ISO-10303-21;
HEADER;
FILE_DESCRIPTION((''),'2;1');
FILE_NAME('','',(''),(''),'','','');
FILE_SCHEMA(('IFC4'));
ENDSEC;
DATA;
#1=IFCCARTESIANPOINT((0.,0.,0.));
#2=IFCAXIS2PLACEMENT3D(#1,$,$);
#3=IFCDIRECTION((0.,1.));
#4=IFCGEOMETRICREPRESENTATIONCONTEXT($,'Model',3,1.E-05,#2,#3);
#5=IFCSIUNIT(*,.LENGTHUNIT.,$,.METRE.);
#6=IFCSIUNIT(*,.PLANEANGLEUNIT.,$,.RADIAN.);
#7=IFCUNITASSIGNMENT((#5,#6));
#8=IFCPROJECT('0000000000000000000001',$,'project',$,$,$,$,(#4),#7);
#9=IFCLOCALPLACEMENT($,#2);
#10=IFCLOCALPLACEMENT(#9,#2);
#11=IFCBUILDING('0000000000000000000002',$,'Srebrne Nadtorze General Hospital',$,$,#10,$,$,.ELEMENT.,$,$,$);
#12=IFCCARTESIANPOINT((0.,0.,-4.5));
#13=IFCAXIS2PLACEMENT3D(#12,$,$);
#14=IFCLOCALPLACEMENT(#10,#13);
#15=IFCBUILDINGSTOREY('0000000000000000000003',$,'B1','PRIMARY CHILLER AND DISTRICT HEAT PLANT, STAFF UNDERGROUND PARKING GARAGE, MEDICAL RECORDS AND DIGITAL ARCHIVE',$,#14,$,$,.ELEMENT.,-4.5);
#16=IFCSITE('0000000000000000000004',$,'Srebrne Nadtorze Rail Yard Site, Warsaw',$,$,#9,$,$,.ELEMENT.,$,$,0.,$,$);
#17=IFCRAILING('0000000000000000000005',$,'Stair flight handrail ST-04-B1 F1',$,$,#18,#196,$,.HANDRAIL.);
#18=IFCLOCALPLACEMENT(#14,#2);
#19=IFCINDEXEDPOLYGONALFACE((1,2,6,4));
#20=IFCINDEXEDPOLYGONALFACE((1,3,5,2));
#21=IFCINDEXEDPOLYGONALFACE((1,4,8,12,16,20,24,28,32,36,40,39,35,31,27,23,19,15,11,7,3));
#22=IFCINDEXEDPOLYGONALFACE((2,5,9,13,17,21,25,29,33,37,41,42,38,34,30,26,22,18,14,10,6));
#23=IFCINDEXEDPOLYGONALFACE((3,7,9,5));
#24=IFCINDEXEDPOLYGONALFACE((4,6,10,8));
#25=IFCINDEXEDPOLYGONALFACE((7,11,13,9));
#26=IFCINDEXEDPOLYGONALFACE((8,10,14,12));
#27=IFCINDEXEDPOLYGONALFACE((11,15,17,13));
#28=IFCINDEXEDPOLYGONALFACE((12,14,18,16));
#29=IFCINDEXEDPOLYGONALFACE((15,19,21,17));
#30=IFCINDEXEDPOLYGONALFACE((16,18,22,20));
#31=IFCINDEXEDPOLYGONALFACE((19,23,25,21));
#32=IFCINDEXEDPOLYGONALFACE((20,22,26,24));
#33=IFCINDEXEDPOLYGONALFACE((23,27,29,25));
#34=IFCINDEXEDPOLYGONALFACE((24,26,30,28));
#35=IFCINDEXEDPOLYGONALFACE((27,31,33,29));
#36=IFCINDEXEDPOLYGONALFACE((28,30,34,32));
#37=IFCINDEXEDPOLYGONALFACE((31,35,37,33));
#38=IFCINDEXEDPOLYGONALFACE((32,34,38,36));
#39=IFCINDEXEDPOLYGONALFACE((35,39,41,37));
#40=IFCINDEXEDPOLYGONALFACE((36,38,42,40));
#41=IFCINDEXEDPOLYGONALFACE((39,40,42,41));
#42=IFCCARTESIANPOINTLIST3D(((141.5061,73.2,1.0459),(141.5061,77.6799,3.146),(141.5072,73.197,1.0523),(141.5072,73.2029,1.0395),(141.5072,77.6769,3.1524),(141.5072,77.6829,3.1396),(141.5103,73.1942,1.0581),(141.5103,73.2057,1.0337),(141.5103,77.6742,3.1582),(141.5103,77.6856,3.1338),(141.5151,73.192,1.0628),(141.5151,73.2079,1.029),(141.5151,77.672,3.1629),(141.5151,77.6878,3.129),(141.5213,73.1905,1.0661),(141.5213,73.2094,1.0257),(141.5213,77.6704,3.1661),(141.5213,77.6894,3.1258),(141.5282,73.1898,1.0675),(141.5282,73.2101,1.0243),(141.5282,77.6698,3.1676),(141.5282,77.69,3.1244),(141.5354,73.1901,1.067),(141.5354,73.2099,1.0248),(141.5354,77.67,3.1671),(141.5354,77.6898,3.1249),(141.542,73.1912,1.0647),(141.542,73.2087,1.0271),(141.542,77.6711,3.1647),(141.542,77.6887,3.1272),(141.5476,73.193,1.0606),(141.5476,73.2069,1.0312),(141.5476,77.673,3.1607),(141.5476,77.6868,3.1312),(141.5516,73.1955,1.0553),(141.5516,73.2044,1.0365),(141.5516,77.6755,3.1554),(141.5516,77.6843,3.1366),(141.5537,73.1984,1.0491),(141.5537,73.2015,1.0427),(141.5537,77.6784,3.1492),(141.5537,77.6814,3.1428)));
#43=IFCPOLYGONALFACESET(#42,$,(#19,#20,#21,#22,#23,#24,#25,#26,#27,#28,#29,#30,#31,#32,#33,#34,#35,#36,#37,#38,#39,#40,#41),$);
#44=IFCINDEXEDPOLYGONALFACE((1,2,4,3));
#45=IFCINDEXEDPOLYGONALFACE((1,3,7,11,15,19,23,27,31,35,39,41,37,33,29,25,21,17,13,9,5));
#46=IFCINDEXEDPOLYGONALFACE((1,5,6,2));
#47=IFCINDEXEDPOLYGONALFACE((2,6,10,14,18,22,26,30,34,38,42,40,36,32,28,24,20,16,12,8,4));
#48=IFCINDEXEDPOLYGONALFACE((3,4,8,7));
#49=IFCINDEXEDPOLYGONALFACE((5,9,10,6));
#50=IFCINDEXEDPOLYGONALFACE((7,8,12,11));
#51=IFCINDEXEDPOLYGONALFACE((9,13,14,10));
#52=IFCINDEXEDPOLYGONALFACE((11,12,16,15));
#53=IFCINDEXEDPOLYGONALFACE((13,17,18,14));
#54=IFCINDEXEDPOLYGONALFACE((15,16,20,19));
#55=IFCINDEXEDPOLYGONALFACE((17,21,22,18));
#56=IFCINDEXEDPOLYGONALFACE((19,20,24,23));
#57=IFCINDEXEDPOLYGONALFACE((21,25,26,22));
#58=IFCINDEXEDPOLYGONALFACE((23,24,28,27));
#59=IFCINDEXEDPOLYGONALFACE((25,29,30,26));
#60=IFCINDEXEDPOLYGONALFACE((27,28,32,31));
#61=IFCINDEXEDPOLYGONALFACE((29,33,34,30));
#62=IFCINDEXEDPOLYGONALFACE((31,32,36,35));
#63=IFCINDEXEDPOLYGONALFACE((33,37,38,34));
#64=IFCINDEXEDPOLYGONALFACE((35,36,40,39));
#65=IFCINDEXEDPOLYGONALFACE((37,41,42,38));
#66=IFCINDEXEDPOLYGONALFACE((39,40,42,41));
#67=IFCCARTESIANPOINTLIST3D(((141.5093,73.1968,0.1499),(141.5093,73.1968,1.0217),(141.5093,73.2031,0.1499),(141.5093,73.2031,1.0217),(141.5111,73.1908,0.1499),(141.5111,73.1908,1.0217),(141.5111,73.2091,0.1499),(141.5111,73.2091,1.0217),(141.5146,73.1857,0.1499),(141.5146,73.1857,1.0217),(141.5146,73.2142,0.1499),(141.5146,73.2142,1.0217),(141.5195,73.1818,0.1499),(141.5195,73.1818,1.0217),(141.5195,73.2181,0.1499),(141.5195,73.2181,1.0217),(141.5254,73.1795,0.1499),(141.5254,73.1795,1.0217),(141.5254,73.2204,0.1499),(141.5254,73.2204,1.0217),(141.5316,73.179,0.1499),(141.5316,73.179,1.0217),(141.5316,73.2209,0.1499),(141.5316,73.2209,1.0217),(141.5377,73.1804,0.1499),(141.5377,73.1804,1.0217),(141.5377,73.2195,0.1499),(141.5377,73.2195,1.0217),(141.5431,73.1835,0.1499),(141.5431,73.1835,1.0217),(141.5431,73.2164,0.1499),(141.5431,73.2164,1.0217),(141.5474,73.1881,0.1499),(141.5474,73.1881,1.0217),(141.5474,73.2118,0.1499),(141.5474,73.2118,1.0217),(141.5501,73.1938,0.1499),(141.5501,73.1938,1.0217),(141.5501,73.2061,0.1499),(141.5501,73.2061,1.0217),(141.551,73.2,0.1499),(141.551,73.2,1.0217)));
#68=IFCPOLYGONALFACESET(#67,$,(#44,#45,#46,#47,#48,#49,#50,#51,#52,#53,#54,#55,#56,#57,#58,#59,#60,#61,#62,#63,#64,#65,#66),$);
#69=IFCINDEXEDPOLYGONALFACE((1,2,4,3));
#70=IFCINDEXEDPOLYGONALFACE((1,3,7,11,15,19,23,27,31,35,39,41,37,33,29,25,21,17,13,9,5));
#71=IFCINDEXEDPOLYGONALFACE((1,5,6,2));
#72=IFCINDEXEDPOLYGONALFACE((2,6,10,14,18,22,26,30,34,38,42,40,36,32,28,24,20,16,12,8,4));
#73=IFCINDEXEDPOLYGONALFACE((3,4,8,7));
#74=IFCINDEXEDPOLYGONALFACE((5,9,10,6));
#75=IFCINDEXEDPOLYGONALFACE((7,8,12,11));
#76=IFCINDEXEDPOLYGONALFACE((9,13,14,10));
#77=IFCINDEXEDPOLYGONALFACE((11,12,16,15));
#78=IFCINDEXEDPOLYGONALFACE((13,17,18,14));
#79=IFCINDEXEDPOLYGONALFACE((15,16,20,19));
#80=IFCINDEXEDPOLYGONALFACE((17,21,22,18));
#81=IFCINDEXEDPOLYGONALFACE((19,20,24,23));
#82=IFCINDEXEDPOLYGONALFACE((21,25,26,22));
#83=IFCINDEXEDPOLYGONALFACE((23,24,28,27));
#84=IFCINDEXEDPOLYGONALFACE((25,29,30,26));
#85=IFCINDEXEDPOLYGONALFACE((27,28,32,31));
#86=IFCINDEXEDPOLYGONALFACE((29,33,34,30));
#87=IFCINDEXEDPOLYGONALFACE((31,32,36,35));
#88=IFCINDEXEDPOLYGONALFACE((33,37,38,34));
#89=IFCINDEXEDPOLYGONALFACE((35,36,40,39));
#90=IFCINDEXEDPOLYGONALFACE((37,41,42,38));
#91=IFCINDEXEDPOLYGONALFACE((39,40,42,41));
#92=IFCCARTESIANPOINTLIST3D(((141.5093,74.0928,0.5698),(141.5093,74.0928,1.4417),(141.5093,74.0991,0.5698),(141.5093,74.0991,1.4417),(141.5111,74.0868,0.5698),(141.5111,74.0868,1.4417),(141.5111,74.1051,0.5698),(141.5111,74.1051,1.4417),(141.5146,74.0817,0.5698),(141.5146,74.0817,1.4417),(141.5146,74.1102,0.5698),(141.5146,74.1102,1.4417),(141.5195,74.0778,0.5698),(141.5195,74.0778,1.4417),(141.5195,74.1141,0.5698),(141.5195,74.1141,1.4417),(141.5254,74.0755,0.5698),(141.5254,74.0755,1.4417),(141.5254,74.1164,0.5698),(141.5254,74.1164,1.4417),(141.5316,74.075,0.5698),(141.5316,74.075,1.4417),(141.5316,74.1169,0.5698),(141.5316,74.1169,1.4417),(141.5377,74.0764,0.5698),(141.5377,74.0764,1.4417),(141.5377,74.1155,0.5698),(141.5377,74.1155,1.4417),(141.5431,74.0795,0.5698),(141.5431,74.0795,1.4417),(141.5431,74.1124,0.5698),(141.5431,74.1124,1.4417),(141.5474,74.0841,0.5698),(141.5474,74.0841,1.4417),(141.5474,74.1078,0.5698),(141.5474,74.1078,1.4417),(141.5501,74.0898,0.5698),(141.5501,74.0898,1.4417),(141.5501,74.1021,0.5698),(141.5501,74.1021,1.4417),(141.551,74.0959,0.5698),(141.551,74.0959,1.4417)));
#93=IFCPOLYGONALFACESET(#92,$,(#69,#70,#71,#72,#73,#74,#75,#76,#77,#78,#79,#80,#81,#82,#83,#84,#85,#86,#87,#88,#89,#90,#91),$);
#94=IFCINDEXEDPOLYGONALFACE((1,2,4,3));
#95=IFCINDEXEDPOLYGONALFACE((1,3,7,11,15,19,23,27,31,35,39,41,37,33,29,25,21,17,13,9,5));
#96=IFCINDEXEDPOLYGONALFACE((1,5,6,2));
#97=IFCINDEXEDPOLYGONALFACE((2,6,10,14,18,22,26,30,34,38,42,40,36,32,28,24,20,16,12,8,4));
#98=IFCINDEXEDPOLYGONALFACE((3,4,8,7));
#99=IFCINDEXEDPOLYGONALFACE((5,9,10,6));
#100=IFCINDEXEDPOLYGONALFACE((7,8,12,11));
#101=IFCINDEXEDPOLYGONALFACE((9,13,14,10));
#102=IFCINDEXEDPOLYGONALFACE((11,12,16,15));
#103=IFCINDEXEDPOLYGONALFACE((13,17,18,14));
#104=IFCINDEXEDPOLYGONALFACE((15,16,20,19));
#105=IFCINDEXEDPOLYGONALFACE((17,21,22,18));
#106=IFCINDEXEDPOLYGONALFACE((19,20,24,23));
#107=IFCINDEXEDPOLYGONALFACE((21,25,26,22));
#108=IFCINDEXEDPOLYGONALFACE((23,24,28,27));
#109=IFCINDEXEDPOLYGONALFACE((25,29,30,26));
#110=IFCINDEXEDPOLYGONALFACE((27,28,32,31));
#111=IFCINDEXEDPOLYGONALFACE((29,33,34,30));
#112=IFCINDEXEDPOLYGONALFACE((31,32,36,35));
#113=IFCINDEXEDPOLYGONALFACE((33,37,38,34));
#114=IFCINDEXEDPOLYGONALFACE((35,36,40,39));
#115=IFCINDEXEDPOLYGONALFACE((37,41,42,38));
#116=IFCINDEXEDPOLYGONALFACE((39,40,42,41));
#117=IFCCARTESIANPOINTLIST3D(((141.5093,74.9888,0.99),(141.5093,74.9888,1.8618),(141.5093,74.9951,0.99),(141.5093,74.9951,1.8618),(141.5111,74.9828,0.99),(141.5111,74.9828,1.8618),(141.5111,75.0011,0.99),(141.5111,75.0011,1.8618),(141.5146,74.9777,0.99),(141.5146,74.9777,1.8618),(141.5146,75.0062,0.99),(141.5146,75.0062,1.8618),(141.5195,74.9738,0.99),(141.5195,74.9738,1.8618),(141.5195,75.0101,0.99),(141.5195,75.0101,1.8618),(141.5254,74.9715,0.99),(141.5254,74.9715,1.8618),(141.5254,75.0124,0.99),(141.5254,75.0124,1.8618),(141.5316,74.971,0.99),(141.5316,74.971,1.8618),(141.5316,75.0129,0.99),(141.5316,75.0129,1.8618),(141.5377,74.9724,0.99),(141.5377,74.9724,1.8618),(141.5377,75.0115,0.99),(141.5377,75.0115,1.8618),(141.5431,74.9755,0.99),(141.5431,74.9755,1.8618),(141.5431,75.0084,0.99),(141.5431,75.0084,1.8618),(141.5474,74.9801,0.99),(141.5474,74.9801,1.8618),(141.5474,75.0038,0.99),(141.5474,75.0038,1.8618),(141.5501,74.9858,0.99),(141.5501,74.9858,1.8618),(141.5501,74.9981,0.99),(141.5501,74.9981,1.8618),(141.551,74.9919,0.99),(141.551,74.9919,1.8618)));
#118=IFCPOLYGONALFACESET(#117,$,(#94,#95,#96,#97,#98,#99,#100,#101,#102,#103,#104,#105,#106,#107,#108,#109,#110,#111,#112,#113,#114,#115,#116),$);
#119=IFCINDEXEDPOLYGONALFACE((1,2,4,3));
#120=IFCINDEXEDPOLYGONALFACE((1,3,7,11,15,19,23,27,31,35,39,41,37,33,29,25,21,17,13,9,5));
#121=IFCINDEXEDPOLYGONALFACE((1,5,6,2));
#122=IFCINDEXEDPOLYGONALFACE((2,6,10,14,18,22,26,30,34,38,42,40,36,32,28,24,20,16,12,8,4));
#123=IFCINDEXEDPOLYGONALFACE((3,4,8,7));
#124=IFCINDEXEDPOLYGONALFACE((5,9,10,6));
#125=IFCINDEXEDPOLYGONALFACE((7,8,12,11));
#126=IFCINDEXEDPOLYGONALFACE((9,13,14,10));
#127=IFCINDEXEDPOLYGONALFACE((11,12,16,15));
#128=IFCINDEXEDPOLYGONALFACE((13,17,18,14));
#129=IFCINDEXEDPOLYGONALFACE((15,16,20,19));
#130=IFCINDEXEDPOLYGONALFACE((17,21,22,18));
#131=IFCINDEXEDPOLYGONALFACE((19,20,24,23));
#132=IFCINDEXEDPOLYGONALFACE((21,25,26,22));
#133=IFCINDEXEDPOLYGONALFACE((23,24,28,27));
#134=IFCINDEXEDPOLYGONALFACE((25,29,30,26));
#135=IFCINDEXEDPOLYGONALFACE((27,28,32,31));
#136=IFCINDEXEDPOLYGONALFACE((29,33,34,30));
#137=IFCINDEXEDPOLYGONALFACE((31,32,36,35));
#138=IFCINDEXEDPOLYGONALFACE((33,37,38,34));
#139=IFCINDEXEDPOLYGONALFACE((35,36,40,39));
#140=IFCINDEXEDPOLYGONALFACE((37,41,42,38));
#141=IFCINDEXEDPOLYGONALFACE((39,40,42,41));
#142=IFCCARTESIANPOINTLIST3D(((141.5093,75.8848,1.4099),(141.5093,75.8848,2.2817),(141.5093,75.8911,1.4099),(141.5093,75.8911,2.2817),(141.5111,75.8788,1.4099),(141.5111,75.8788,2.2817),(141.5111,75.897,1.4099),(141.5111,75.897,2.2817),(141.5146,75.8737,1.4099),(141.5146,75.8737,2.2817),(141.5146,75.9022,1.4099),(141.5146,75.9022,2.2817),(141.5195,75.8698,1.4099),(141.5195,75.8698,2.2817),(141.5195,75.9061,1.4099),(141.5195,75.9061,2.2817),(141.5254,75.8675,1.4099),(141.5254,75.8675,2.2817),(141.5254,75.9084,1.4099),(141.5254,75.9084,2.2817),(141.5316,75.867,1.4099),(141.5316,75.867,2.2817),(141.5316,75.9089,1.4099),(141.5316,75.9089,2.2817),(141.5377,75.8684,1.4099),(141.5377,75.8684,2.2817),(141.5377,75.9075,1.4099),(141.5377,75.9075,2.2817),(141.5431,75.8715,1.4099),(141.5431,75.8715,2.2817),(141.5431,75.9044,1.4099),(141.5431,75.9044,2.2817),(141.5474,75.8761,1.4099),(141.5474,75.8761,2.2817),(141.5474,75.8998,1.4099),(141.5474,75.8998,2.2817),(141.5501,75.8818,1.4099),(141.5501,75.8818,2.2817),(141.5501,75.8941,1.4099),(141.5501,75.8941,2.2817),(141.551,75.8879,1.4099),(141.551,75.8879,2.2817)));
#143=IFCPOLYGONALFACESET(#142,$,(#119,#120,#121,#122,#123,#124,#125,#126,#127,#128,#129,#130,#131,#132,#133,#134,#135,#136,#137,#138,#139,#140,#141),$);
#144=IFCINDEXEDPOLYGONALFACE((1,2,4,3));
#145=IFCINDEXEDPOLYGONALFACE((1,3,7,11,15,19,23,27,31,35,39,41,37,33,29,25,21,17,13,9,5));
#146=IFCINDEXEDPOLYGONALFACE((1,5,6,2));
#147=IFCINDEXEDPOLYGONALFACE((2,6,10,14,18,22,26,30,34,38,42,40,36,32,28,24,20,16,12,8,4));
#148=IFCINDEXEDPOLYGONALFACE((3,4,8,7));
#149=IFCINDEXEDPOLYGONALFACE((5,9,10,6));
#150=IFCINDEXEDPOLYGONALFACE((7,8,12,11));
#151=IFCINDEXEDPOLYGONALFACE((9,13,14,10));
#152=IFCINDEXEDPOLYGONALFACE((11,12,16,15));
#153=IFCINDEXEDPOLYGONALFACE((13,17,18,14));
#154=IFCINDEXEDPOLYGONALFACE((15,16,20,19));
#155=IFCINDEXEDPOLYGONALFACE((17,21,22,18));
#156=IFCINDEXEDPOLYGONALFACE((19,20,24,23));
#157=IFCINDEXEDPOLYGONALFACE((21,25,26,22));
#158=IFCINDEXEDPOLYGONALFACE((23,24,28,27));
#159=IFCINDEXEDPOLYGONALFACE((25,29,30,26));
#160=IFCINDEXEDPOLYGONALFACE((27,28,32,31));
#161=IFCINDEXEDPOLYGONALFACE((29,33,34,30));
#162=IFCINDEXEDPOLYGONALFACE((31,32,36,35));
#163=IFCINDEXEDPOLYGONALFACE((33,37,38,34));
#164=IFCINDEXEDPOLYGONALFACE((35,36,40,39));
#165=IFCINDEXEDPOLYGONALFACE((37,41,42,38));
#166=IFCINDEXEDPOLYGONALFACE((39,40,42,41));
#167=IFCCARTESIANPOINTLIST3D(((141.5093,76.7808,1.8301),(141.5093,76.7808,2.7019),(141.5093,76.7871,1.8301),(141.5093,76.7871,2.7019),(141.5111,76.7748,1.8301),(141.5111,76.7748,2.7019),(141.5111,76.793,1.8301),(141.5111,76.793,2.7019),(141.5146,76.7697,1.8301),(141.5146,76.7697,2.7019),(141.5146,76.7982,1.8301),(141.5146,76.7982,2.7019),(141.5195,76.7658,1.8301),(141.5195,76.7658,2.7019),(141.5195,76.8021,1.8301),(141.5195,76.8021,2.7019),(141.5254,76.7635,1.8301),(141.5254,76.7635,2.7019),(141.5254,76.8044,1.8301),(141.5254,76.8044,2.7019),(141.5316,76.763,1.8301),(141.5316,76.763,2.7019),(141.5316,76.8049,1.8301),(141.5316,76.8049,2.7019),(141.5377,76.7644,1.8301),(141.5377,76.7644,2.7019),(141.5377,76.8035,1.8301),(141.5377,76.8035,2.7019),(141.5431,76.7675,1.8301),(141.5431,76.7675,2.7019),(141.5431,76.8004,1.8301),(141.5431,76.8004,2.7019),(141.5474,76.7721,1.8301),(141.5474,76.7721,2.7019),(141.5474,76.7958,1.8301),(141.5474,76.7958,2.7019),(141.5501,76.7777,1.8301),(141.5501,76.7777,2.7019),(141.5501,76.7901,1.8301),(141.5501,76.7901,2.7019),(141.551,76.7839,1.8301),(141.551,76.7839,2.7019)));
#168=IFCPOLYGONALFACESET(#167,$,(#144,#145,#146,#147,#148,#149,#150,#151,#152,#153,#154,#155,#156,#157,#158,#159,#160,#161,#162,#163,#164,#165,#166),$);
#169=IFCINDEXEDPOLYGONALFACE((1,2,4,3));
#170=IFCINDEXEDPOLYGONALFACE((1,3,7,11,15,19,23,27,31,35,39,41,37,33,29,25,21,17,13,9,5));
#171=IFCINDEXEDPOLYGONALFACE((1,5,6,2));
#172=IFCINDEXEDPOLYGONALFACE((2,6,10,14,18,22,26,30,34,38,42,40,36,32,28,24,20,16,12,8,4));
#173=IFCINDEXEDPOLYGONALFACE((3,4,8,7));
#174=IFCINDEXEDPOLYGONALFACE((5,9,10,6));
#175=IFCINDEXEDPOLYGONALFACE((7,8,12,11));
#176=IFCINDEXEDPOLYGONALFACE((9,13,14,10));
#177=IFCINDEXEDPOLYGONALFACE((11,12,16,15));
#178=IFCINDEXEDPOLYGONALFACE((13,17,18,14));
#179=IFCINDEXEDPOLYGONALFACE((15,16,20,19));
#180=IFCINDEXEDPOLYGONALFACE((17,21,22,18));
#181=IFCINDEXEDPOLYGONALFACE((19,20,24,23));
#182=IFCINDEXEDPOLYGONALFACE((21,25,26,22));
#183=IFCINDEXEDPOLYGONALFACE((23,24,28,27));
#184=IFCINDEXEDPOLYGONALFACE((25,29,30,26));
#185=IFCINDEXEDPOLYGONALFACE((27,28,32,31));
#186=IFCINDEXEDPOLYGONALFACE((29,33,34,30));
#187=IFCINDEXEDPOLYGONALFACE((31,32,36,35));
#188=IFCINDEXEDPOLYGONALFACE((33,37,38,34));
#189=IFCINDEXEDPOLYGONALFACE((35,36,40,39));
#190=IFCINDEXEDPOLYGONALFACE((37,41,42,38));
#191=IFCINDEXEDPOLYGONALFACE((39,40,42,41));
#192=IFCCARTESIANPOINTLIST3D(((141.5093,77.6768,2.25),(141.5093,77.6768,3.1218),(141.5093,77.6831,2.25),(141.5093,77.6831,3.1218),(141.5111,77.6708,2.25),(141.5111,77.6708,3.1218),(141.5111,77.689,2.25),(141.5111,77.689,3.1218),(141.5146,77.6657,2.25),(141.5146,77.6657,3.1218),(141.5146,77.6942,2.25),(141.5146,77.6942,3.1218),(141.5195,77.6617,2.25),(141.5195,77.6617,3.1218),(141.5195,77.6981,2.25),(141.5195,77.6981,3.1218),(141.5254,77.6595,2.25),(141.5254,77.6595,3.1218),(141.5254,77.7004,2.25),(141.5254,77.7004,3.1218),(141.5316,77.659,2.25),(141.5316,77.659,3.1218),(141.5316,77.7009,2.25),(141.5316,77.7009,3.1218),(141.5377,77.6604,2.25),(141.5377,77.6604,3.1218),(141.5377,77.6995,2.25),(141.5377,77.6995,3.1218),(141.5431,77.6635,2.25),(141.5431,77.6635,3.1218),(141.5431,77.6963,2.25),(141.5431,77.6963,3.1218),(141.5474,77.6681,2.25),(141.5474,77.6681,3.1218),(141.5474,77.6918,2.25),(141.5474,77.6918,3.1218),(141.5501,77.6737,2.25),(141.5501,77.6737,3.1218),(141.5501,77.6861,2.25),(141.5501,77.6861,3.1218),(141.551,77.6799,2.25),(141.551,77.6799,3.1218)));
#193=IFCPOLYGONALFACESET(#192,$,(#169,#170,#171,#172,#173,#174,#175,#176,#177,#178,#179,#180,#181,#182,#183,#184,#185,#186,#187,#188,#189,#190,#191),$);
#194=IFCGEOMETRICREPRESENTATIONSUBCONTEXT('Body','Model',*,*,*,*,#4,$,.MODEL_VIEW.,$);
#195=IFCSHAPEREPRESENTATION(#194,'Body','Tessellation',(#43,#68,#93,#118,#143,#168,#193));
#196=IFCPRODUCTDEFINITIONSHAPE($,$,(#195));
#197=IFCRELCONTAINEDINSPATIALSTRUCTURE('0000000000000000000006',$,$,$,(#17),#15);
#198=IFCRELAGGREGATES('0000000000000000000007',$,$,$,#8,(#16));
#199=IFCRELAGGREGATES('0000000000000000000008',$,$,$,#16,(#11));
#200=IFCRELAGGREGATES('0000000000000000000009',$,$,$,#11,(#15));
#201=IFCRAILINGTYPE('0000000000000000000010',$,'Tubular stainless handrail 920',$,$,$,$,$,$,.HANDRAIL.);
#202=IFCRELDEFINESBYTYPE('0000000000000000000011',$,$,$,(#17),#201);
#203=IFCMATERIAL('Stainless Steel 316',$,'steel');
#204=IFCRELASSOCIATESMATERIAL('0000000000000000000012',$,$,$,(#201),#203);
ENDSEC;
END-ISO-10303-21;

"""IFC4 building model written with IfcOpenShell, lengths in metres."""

from ifc_helpers import new_model, si_unit, direction, frame, origin, origin_2d, place, context, subcontext, project, spatial, circle, extrude, material, type_object, element, save


model = new_model("IFC4")

# Units and contexts
model_context = context("Model", 3, precision=1e-05, world=origin(), true_north=direction((0.0, 1.0)))
body_context = subcontext(model_context, "Body", "Model", "MODEL_VIEW")
ifc_project = project(units=[si_unit("LENGTHUNIT", "METRE"), si_unit("PLANEANGLEUNIT", "RADIAN")], contexts=[model_context])

# Site, building, storey
site_placement = place(None, origin())
site = spatial("IfcSite", under=ifc_project, at=site_placement, Name="Srebrne Nadtorze Rail Yard Site, Warsaw", CompositionType="ELEMENT", RefElevation=0.0)
building_placement = place(site_placement, origin())
building = spatial("IfcBuilding", under=site, at=building_placement, Name="Srebrne Nadtorze General Hospital", CompositionType="ELEMENT")
storey_placement = place(building_placement, frame((0.0, 0.0, -4.5)))
storey = spatial("IfcBuildingStorey", under=building, at=storey_placement, Name="B1", Description="PRIMARY CHILLER AND DISTRICT HEAT PLANT, STAFF UNDERGROUND PARKING GARAGE, MEDICAL RECORDS AND DIGITAL ARCHIVE", CompositionType="ELEMENT", Elevation=-4.5)

# Railing
ifc_material_1 = material(Name="Stainless Steel 316", Category="steel")
railing_type = type_object("IfcRailingType", Name="Tubular stainless handrail 920", PredefinedType="HANDRAIL", material=ifc_material_1)
railing_placement = place(storey_placement, frame((141.53, 73.2, 0.1499)))
element("IfcRailing", 1, at=railing_placement, inside=storey, type_object=railing_type, Name="Stair flight handrail ST-04-B1 F1", PredefinedType="HANDRAIL", context=body_context, shape_type="SweptSolid", body=[
    extrude(circle(Radius=0.0239, at=origin_2d()), frame((0.0, 0.0, 0.896), z_axis=(0.0, 0.905451, 0.424452), x_axis=(-1.0, 0.0, 0.0)), (0.0, 0.0, 1.0), 4.9478),
    extrude(circle(Radius=0.021, at=origin_2d()), origin(), (0.0, 0.0, 1.0), 0.8718),
    extrude(circle(Radius=0.021, at=origin_2d()), frame((0.0, 0.896, 0.4199)), (0.0, 0.0, 1.0), 0.8718),
    extrude(circle(Radius=0.021, at=origin_2d()), frame((0.0, 1.792, 0.8401)), (0.0, 0.0, 1.0), 0.8718),
    extrude(circle(Radius=0.021, at=origin_2d()), frame((0.0, 2.688, 1.26)), (0.0, 0.0, 1.0), 0.8718),
    extrude(circle(Radius=0.021, at=origin_2d()), frame((0.0, 3.584, 1.6802)), (0.0, 0.0, 1.0), 0.8718),
    extrude(circle(Radius=0.021, at=origin_2d()), frame((0.0, 4.48, 2.1001)), (0.0, 0.0, 1.0), 0.8718),
])

save(model, "model.ifc")
